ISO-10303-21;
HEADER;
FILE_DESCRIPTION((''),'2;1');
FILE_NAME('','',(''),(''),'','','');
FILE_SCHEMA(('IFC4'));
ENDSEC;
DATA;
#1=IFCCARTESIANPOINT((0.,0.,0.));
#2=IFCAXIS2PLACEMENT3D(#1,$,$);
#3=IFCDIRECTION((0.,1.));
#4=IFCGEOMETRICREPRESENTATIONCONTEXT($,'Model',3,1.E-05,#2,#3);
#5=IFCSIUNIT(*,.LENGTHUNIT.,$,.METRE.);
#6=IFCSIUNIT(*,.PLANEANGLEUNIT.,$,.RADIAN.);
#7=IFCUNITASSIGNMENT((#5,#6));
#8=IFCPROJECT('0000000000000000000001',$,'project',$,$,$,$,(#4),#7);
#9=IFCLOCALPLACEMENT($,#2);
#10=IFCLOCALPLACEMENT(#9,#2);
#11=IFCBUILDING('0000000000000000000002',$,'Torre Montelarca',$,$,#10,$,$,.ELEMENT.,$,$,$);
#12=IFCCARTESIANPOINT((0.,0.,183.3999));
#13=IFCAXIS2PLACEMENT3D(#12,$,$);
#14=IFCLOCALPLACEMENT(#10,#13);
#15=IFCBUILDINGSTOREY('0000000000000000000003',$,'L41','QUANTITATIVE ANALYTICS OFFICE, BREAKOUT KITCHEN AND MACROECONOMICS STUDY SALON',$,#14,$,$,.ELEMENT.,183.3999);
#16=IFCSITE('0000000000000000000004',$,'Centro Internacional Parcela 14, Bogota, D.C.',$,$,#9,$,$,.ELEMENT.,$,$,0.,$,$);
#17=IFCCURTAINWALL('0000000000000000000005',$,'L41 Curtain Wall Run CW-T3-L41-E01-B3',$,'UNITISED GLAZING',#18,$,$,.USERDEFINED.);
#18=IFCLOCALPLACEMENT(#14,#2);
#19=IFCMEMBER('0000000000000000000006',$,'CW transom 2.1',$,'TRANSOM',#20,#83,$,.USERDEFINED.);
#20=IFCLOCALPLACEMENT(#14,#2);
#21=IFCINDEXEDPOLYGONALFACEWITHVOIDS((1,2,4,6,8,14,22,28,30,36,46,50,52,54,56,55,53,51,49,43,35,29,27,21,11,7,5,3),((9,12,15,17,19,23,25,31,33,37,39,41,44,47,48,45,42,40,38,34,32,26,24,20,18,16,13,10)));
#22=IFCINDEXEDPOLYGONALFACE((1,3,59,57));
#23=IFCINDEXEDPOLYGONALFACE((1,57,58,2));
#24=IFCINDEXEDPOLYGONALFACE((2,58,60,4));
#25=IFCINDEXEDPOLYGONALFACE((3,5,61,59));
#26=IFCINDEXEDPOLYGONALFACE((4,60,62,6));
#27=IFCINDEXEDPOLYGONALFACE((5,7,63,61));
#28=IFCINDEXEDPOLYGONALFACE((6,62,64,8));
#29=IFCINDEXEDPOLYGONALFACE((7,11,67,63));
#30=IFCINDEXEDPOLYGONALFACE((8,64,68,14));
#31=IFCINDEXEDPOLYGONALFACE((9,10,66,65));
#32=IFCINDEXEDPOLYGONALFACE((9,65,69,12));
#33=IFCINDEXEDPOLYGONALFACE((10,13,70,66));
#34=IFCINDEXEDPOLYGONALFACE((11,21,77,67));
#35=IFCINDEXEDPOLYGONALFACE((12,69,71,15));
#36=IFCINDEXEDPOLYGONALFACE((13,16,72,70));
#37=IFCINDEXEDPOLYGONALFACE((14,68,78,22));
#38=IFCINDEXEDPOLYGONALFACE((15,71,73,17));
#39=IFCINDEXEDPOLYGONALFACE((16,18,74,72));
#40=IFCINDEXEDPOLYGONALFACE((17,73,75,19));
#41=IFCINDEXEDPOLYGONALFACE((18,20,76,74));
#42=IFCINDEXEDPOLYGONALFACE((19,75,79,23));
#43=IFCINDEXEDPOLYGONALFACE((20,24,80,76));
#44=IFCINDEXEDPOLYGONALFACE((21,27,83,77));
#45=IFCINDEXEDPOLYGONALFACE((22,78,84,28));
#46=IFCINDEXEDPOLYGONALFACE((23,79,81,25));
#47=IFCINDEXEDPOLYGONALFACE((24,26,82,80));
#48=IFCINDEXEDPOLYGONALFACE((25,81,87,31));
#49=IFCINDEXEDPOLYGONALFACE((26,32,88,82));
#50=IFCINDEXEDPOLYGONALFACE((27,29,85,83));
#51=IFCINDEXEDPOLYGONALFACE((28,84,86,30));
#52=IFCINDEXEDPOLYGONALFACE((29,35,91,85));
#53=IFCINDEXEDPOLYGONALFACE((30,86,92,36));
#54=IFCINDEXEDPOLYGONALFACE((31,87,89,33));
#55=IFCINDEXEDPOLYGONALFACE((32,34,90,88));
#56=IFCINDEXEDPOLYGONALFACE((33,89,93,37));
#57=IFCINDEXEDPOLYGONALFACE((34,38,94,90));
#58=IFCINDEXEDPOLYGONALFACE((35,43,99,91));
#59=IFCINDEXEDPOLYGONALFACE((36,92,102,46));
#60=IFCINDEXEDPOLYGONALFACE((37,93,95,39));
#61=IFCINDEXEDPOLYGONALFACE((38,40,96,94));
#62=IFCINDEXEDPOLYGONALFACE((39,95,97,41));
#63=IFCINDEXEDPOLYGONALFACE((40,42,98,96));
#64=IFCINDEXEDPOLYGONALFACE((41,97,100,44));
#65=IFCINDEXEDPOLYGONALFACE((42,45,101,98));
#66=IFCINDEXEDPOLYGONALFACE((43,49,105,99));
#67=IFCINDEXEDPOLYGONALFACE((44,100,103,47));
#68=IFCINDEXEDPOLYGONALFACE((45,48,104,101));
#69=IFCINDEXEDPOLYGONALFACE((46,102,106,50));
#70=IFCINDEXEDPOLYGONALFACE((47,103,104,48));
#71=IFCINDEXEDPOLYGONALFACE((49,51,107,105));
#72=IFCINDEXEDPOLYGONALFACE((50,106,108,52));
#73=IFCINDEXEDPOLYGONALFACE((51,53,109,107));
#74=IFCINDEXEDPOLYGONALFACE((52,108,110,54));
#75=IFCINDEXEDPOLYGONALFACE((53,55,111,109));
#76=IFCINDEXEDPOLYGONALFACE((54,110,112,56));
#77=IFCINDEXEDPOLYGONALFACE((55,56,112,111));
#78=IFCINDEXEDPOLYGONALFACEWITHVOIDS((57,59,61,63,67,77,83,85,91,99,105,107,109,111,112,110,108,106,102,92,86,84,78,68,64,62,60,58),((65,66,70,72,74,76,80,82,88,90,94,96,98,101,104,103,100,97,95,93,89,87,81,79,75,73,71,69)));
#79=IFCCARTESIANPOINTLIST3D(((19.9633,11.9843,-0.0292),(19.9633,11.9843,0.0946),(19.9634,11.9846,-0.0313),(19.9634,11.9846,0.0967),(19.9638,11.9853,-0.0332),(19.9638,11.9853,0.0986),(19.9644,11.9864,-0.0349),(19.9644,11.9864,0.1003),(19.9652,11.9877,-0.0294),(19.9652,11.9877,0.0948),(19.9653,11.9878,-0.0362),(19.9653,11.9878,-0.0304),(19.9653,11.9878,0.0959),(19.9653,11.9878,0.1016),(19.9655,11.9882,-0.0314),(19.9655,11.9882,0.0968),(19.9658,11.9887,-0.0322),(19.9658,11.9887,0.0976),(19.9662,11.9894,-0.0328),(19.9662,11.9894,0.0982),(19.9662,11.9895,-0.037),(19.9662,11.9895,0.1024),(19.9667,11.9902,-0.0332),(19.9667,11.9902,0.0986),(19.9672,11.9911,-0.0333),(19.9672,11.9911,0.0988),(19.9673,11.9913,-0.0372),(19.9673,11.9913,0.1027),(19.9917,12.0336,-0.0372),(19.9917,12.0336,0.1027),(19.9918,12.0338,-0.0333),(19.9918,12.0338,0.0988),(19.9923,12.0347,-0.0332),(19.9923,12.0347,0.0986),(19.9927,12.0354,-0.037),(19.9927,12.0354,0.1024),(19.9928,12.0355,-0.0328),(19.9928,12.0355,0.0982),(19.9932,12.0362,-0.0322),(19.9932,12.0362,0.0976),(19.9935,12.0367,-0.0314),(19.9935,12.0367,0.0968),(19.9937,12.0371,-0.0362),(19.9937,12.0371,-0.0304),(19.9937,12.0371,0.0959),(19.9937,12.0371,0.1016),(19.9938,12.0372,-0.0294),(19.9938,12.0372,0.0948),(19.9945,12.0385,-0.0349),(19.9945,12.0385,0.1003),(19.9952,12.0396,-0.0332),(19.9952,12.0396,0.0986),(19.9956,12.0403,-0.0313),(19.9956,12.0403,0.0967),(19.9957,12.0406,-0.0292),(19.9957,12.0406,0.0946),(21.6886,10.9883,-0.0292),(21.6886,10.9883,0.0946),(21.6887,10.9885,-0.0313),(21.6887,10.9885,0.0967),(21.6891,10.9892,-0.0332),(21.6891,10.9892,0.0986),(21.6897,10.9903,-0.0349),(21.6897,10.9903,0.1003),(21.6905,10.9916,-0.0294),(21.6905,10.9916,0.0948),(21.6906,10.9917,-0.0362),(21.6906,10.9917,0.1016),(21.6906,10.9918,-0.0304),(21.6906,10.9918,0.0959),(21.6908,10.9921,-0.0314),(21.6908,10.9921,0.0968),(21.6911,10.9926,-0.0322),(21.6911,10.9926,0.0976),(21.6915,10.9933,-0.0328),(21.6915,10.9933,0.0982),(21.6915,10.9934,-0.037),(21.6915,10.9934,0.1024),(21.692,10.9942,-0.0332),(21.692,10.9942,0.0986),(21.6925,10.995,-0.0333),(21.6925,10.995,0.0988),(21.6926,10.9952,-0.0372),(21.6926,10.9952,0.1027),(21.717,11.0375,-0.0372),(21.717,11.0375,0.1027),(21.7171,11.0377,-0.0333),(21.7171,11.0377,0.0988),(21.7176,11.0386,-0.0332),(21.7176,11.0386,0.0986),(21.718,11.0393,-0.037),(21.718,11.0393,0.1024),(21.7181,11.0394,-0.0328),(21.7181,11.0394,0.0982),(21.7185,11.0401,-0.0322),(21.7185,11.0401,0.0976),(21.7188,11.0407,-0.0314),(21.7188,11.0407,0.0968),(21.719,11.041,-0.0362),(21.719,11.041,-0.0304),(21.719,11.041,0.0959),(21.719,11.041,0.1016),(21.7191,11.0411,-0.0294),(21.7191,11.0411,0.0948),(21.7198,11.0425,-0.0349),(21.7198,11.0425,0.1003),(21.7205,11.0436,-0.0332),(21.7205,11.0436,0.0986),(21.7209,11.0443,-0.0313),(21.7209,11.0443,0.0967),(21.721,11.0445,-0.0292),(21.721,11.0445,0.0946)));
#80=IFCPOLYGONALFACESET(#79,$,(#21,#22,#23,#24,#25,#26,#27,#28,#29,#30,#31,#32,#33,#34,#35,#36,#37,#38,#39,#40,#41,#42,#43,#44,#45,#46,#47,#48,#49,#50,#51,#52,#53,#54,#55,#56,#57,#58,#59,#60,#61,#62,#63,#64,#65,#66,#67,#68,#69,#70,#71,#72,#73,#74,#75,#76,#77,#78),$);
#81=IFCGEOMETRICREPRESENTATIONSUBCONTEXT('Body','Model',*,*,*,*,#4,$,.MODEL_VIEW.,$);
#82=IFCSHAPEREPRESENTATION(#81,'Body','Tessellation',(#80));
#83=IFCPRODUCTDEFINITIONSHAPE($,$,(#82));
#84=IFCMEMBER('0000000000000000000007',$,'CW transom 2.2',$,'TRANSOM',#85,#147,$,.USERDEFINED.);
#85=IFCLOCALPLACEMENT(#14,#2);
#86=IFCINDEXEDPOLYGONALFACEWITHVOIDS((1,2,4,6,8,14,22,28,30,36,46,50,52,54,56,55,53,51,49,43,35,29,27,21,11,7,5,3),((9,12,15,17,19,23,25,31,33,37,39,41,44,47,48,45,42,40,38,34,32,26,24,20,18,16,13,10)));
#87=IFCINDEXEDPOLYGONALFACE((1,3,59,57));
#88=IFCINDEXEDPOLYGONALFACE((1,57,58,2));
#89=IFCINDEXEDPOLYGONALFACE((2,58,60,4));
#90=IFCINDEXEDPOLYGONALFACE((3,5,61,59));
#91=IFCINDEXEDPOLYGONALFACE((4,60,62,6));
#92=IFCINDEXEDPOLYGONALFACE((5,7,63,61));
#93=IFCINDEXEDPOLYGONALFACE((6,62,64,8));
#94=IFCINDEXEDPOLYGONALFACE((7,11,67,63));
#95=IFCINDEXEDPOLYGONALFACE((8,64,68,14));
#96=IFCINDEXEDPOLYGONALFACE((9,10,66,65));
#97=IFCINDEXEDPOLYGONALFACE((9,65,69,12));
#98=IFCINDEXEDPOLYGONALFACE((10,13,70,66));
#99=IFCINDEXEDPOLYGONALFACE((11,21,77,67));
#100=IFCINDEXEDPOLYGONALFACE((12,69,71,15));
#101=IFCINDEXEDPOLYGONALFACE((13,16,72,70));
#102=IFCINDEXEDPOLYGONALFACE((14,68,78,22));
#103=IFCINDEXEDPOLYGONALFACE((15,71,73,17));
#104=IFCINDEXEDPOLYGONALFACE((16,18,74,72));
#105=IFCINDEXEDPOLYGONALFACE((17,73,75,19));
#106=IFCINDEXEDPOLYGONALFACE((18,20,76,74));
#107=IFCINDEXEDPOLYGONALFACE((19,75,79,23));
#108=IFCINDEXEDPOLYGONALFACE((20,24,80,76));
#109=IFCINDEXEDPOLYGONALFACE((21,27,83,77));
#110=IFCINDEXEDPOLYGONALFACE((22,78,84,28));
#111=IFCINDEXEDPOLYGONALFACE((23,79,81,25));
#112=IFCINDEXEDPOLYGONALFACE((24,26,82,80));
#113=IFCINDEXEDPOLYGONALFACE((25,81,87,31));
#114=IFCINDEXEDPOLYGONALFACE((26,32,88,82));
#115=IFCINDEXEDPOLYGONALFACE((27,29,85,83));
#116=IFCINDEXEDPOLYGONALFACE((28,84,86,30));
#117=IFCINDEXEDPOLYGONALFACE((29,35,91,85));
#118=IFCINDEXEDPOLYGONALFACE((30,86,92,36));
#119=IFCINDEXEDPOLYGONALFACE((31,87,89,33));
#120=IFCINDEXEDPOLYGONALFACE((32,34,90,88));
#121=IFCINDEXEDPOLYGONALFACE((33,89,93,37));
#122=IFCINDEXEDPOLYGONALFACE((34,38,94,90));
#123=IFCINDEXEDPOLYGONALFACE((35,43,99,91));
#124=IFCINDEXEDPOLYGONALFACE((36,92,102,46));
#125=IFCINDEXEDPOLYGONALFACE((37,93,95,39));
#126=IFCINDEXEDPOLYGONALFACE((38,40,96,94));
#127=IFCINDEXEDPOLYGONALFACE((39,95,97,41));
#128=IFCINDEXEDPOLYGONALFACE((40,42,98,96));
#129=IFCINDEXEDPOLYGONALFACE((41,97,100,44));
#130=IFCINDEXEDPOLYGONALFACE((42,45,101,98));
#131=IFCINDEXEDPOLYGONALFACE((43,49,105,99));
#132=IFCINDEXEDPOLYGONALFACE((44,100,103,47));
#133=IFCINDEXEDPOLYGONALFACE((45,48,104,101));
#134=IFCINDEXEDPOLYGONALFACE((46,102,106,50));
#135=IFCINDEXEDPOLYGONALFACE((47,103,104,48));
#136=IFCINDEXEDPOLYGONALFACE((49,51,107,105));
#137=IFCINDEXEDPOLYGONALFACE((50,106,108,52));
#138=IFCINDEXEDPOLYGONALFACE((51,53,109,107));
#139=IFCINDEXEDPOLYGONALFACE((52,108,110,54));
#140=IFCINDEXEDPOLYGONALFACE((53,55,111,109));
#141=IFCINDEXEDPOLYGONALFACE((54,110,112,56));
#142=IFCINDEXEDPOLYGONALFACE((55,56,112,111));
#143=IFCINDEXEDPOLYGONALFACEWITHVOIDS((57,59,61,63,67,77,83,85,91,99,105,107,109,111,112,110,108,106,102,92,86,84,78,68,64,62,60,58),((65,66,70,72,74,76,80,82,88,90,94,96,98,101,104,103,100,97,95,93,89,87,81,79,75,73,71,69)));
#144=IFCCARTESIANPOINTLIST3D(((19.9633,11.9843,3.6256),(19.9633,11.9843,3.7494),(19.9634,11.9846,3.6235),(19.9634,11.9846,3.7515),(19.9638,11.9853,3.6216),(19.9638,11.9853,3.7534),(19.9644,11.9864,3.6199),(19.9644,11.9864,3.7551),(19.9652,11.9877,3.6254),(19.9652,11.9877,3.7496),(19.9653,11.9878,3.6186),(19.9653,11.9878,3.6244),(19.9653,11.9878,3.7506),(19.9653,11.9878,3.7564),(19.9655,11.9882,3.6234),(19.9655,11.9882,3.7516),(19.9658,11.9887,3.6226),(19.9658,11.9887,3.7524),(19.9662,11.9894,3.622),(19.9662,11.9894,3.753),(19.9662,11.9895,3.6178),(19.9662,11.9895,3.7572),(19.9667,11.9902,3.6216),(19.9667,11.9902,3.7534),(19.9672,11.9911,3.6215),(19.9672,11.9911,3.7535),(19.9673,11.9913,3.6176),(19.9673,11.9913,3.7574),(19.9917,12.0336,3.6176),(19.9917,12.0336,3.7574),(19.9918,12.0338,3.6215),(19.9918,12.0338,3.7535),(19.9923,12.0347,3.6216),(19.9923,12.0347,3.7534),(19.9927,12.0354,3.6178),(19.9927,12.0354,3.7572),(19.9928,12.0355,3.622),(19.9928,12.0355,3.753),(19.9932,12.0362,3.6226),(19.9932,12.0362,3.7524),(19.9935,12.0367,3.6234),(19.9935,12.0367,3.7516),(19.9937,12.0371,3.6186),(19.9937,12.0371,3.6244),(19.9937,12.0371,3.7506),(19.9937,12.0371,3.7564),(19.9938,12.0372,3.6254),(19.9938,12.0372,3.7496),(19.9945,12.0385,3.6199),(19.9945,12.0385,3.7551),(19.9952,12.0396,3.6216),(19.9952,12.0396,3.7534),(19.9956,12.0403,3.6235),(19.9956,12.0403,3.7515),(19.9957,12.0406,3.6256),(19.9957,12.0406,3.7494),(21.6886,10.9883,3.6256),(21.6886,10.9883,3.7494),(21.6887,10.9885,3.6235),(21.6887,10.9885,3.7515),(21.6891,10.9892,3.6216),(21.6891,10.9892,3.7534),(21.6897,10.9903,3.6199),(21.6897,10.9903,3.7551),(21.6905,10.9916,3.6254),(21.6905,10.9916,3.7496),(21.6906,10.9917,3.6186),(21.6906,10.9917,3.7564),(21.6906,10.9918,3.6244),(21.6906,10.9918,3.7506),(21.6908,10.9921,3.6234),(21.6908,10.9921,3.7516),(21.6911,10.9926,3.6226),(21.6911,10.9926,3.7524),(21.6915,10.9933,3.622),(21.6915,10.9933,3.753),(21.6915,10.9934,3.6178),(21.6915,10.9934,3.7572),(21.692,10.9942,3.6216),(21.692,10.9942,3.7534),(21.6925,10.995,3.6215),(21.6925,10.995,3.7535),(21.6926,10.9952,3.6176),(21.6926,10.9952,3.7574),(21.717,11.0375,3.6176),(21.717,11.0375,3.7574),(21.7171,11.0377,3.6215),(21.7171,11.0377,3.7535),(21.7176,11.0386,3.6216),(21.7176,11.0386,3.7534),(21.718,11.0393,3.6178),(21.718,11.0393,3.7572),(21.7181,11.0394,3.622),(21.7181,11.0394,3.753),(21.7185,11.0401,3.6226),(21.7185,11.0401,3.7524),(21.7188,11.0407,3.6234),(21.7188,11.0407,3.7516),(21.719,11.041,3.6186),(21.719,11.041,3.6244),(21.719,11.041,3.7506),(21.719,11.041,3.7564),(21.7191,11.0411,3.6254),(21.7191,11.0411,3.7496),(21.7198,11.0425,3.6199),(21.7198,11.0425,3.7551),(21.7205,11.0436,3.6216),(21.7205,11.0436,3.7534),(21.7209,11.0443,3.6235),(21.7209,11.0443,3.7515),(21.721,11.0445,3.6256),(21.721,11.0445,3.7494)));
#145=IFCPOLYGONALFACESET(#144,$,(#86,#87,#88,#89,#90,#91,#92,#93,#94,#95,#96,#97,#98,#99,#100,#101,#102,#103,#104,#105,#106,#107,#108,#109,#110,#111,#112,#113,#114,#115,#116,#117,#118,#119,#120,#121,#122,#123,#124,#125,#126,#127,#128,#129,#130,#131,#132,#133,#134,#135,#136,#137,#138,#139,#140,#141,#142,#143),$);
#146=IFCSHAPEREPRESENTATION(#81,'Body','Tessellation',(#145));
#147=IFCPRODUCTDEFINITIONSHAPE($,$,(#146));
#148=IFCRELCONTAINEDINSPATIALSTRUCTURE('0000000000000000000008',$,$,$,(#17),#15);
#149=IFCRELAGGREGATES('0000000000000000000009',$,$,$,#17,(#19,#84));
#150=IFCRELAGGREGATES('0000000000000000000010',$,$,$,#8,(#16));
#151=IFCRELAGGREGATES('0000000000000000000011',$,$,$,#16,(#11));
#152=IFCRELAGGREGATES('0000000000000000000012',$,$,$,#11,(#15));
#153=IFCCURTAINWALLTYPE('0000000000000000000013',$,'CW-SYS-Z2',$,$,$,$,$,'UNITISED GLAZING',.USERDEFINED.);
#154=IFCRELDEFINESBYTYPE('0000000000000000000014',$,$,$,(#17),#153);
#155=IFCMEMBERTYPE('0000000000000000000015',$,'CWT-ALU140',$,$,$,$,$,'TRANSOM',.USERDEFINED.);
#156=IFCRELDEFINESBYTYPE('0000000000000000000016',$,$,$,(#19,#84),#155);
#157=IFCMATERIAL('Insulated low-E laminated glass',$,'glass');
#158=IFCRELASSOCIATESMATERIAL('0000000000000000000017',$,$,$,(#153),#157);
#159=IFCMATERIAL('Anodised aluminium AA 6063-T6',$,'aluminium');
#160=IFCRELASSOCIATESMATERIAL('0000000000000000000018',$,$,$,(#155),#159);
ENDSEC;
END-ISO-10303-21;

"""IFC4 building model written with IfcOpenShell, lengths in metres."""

from ifc_helpers import new_model, si_unit, direction, frame, origin, origin_2d, place, context, subcontext, project, spatial, hollow_rectangle, extrude, source, transform, mapped, material, material_profile, profile_set, type_object, element, aggregate, save


model = new_model("IFC4")

# Units and contexts
model_context = context("Model", 3, precision=1e-05, world=origin(), true_north=direction((0.0, 1.0)))
body_context = subcontext(model_context, "Body", "Model", "MODEL_VIEW")
ifc_project = project(units=[si_unit("LENGTHUNIT", "METRE"), si_unit("PLANEANGLEUNIT", "RADIAN")], contexts=[model_context])

# Site, building, storey
site_placement = place(None, origin())
site = spatial("IfcSite", under=ifc_project, at=site_placement, Name="Centro Internacional Parcela 14, Bogota, D.C.", CompositionType="ELEMENT", RefElevation=0.0)
building_placement = place(site_placement, origin())
building = spatial("IfcBuilding", under=site, at=building_placement, Name="Torre Montelarca", CompositionType="ELEMENT")
storey_placement = place(building_placement, frame((0.0, 0.0, 183.3999)))
storey = spatial("IfcBuildingStorey", under=building, at=storey_placement, Name="L41", Description="QUANTITATIVE ANALYTICS OFFICE, BREAKOUT KITCHEN AND MACROECONOMICS STUDY SALON", CompositionType="ELEMENT", Elevation=183.3999)

# Shared definitions
ifc_material_1 = material(Name="Insulated low-E laminated glass", Category="glass")
curtain_wall_type = type_object("IfcCurtainWallType", Name="CW-SYS-Z2", ElementType="UNITISED GLAZING", PredefinedType="USERDEFINED", material=ifc_material_1)
ifc_material_2 = material(Name="Anodised aluminium AA 6063-T6", Category="aluminium")
ifc_material_profile_1 = material_profile(ifc_material_2, hollow_rectangle(XDim=0.0649, YDim=0.1399, WallThickness=0.0039, InnerFilletRadius=0.0039, OuterFilletRadius=0.0081, at=origin_2d()), Name="ALU65X140X4", Category="aluminium")
ifc_profile_set_1 = profile_set([ifc_material_profile_1], Name="Anodised aluminium AA 6063-T6")
member_type_1 = type_object("IfcMemberType", Name="CWT-ALU140", ElementType="TRANSOM", PredefinedType="USERDEFINED", material=ifc_profile_set_1)

# Curtain wall
curtain_wall_1_placement = place(storey_placement, origin())
curtain_wall_1 = element("IfcCurtainWall", 1, at=curtain_wall_1_placement, inside=storey, type_object=curtain_wall_type, Name="L41 Curtain Wall Run CW-T3-L41-E01-B3", ObjectType="UNITISED GLAZING", PredefinedType="USERDEFINED")

# Members
shared_shape_1 = source(origin(), body_context, "Body", "SweptSolid", [
    extrude(hollow_rectangle(XDim=0.0649, YDim=0.1399, WallThickness=0.0039, InnerFilletRadius=0.0039, OuterFilletRadius=0.0081, at=origin_2d()), origin(), (0.0, 0.0, 1.0), 1.9922),
])
member_1_placement = place(storey_placement, frame((19.9795, 12.0125, 0.0327), z_axis=(0.866033, -0.499988, 0.0), x_axis=(0.499988, 0.866033, 0.0)))
member_1 = element("IfcMember", 2, at=member_1_placement, type_object=member_type_1, Name="CW transom 2.1", ObjectType="TRANSOM", PredefinedType="USERDEFINED", context=body_context, shape_type="MappedRepresentation", body=[
    mapped(shared_shape_1, transform((0.0, 0.0, 0.0), scale=1.0)),
])
member_2_placement = place(storey_placement, frame((19.9795, 12.0125, 3.6875), z_axis=(0.866033, -0.499988, 0.0), x_axis=(0.499988, 0.866033, 0.0)))
member_2 = element("IfcMember", 3, at=member_2_placement, type_object=member_type_1, Name="CW transom 2.2", ObjectType="TRANSOM", PredefinedType="USERDEFINED", context=body_context, shape_type="MappedRepresentation", body=[
    mapped(shared_shape_1, transform((0.0, 0.0, 0.0), scale=1.0)),
])

aggregate(curtain_wall_1, [member_1, member_2])

save(model, "model.ifc")
